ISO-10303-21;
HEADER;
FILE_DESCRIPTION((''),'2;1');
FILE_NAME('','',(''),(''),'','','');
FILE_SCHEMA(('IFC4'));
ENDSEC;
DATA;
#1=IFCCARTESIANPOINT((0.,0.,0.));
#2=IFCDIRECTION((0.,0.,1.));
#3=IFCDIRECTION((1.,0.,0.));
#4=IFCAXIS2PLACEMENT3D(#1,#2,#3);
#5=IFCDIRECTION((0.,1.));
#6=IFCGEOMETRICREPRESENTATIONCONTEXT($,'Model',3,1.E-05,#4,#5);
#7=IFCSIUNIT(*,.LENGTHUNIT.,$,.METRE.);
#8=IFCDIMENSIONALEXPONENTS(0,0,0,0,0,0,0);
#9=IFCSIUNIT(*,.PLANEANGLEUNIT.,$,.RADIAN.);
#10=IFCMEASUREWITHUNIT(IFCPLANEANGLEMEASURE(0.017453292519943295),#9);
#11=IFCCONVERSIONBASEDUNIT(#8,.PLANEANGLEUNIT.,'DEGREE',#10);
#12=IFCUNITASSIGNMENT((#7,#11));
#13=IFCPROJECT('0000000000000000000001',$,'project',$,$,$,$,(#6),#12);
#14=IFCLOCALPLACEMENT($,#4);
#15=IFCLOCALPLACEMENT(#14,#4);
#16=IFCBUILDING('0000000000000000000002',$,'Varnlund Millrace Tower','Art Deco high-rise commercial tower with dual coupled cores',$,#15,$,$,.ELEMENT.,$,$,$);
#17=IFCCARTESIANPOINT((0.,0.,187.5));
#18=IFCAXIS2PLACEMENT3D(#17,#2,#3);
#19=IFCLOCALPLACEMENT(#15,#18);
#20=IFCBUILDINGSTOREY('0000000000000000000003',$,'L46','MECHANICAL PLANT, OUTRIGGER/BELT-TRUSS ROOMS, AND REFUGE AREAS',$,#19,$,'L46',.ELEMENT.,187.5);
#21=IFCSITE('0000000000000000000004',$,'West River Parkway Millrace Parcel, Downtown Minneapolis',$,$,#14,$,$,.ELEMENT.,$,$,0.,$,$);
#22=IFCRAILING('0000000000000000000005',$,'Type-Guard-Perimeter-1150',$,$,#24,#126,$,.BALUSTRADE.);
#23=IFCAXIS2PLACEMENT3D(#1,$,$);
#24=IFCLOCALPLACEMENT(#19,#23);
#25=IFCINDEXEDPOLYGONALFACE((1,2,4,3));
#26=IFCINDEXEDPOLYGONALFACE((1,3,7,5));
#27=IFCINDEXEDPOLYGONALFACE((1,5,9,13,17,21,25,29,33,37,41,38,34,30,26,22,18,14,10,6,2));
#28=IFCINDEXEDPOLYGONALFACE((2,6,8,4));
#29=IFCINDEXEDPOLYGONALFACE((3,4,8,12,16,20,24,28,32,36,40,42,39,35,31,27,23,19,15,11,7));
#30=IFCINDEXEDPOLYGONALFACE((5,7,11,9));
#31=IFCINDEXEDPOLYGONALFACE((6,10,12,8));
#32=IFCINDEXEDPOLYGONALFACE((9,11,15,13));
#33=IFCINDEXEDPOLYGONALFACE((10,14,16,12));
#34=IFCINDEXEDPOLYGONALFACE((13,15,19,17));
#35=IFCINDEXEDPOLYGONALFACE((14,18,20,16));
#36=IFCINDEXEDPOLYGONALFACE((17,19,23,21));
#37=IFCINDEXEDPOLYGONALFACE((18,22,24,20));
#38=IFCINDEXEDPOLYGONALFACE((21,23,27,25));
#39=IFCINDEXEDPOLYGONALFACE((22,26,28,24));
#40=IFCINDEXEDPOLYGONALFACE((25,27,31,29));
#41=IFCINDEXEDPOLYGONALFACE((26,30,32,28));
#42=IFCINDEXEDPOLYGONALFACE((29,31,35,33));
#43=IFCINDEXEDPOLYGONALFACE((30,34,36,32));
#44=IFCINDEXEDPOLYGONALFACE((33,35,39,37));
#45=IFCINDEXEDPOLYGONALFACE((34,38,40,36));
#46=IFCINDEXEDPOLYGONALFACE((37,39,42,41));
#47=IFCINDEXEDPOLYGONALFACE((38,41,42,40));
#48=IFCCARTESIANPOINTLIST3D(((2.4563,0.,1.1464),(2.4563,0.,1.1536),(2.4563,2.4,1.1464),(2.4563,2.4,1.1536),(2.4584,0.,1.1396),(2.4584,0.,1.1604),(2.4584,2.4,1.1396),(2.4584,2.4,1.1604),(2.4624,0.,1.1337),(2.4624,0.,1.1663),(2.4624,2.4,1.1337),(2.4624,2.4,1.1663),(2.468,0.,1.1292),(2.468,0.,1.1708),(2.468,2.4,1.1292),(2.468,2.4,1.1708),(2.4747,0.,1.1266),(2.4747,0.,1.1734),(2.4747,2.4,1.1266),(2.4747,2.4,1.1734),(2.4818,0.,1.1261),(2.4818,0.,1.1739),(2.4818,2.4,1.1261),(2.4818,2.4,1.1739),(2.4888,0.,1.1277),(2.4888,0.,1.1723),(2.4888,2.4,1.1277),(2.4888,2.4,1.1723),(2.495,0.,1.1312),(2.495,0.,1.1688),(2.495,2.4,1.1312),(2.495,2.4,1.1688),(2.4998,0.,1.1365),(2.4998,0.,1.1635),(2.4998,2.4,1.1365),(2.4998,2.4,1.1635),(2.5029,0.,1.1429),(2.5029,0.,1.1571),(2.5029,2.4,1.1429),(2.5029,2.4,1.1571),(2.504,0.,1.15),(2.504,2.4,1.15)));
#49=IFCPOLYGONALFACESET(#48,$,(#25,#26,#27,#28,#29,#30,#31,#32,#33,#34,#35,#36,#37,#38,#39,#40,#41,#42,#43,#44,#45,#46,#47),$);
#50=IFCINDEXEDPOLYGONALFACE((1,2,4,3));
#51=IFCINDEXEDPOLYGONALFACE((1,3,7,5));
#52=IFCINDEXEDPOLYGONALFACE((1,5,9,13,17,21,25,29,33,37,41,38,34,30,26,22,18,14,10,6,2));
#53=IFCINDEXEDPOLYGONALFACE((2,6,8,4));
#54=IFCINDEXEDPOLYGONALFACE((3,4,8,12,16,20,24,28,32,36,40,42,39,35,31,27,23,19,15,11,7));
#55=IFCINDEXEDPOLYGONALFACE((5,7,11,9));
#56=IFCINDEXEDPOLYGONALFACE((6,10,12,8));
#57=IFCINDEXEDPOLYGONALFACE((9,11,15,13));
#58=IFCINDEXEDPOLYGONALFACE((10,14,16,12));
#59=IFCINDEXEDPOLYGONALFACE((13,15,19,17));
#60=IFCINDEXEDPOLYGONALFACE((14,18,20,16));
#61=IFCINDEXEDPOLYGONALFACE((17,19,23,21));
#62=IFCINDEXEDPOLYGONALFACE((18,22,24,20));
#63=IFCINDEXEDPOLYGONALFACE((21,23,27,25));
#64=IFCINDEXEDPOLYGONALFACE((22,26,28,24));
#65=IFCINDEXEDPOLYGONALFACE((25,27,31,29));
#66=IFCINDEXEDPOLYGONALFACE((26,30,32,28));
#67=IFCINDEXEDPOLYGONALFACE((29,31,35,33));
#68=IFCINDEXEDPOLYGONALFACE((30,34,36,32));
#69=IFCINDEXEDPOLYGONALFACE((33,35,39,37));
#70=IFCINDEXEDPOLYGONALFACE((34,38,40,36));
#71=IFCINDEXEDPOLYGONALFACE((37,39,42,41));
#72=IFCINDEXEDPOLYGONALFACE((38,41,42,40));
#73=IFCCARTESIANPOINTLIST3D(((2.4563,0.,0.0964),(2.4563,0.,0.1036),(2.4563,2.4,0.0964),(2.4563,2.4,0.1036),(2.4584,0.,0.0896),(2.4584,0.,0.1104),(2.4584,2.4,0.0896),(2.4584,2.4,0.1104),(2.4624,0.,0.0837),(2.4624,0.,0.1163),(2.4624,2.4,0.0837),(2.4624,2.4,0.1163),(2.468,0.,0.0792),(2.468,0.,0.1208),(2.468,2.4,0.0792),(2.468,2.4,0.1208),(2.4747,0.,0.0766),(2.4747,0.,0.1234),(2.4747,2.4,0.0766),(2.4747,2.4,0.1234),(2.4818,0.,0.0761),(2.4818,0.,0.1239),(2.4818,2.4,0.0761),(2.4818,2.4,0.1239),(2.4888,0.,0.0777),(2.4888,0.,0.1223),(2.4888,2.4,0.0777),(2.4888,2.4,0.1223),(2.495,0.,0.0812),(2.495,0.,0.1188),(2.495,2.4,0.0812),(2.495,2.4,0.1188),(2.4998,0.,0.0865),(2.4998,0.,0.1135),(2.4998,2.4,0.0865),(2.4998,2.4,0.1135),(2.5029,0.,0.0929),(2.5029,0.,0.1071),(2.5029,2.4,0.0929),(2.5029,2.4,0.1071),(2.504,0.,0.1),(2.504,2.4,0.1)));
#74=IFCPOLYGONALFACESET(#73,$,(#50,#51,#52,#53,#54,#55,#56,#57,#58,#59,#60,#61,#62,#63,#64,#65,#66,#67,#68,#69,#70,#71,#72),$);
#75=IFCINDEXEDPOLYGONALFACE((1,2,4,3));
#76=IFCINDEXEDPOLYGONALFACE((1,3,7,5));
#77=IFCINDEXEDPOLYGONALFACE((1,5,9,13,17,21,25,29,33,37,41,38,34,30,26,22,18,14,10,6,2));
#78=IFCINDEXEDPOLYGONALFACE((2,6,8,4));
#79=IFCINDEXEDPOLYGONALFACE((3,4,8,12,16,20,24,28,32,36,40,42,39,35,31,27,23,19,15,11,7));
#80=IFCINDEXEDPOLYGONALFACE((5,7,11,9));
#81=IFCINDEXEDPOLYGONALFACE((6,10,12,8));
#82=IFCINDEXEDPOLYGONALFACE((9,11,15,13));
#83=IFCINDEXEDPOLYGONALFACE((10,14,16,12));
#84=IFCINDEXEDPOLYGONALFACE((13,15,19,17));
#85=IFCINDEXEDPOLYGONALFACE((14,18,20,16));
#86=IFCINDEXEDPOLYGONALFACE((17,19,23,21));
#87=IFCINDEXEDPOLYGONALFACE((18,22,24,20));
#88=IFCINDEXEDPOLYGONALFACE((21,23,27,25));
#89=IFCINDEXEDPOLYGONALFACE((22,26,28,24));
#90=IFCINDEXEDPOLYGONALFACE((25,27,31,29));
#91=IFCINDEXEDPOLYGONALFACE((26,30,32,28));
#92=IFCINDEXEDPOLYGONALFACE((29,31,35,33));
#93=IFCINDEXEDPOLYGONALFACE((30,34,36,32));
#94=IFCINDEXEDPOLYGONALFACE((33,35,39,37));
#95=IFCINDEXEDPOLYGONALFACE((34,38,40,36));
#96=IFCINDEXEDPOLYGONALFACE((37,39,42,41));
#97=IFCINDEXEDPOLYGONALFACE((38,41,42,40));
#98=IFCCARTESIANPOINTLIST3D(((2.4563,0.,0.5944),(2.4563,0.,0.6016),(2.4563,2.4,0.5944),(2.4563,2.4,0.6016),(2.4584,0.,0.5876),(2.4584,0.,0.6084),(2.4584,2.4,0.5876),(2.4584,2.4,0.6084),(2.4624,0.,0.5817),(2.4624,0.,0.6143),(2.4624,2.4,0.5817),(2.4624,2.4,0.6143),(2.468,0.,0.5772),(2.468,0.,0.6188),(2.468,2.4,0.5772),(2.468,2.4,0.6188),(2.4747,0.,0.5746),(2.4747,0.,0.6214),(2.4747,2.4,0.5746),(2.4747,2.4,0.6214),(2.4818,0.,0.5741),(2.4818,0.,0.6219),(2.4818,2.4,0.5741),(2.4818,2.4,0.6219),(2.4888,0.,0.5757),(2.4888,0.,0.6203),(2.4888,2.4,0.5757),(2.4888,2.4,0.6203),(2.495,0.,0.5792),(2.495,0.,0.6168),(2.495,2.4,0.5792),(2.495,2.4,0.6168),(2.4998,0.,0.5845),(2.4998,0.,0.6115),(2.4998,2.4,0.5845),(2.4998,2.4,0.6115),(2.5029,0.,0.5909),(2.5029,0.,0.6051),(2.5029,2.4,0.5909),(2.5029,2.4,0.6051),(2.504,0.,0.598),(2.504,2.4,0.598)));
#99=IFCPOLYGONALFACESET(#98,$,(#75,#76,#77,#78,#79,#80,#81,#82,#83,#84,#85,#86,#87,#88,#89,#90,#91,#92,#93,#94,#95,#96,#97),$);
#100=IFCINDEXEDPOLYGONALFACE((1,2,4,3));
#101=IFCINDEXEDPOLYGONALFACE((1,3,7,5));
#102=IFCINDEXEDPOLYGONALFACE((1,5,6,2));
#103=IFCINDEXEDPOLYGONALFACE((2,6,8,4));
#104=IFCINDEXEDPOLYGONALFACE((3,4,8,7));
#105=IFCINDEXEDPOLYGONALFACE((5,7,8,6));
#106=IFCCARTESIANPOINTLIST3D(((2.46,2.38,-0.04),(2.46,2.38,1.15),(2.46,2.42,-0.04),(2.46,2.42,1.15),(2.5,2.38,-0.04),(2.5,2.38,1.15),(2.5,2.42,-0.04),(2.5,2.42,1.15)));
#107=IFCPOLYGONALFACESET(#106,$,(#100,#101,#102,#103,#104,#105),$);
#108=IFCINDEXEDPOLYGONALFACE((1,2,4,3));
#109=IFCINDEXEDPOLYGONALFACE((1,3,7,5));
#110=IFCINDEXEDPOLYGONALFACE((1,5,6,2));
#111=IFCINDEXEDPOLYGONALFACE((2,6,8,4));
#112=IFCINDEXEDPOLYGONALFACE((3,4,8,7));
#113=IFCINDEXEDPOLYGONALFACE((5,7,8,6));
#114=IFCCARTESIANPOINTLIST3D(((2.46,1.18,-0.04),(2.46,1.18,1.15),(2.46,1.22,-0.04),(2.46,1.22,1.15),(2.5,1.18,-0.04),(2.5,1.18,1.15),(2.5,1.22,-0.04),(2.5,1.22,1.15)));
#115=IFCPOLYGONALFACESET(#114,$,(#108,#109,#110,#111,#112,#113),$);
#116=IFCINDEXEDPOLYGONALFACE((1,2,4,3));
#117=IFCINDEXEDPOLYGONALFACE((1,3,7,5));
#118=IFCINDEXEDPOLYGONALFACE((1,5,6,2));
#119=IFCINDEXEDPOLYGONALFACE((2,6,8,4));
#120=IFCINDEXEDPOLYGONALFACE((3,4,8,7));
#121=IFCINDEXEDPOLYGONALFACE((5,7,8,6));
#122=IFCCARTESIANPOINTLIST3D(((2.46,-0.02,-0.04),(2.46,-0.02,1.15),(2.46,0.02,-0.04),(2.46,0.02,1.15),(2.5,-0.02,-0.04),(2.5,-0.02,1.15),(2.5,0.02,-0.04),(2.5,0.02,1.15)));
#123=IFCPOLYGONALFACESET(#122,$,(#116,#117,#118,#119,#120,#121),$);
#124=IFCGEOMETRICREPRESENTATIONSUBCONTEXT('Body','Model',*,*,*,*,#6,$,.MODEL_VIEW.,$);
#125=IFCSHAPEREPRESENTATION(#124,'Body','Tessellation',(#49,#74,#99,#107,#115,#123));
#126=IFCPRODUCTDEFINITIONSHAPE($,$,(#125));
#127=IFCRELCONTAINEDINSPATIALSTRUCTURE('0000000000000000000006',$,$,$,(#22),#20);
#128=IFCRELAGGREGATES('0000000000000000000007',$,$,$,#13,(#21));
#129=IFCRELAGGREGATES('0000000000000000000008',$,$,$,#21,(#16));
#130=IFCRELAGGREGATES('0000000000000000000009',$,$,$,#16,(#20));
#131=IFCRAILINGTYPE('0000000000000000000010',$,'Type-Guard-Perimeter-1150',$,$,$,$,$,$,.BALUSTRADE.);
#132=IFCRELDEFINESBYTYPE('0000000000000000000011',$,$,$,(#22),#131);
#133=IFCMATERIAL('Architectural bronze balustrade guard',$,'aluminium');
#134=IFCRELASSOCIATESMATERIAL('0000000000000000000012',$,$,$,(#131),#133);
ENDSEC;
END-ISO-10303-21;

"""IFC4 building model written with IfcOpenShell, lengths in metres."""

from ifc_helpers import new_model, entity, si_unit, converted_unit, direction, frame, origin_with_axes, origin_2d_with_axis, place, context, subcontext, project, spatial, rectangle, circle, extrude, material, type_object, element, save


model = new_model("IFC4")

# Units and contexts
model_context = context("Model", 3, precision=1e-05, world=origin_with_axes(), true_north=direction((0.0, 1.0)))
body_context = subcontext(model_context, "Body", "Model", "MODEL_VIEW")
ifc_project = project(units=[si_unit("LENGTHUNIT", "METRE"), converted_unit("PLANEANGLEUNIT", "DEGREE", entity("IfcPlaneAngleMeasure", 0.017453292519943295), si_unit("PLANEANGLEUNIT", "RADIAN"), dimensions=[0, 0, 0, 0, 0, 0, 0])], contexts=[model_context])

# Site, building, storey
site_placement = place(None, origin_with_axes())
site = spatial("IfcSite", under=ifc_project, at=site_placement, Name="West River Parkway Millrace Parcel, Downtown Minneapolis", CompositionType="ELEMENT", RefElevation=0.0)
building_placement = place(site_placement, origin_with_axes())
building = spatial("IfcBuilding", under=site, at=building_placement, Name="Varnlund Millrace Tower", Description="Art Deco high-rise commercial tower with dual coupled cores", CompositionType="ELEMENT")
storey_placement = place(building_placement, frame((0.0, 0.0, 187.5), z_axis=(0.0, 0.0, 1.0), x_axis=(1.0, 0.0, 0.0)))
storey = spatial("IfcBuildingStorey", under=building, at=storey_placement, Name="L46", Description="MECHANICAL PLANT, OUTRIGGER/BELT-TRUSS ROOMS, AND REFUGE AREAS", LongName="L46", CompositionType="ELEMENT", Elevation=187.5)

# Railing
ifc_material_1 = material(Name="Architectural bronze balustrade guard", Category="aluminium")
railing_type_1 = type_object("IfcRailingType", Name="Type-Guard-Perimeter-1150", PredefinedType="BALUSTRADE", material=ifc_material_1)
railing_1_placement = place(storey_placement, frame((0.0, 0.0, -187.5), z_axis=(0.0, 0.0, 1.0), x_axis=(1.0, 0.0, 0.0)))
element("IfcRailing", 1, at=railing_1_placement, inside=storey, type_object=railing_type_1, Name="Type-Guard-Perimeter-1150", PredefinedType="BALUSTRADE", context=body_context, shape_type="SweptSolid", body=[
    extrude(circle(Radius=0.024, at=origin_2d_with_axis()), frame((2.48, 2.4, 188.65), z_axis=(0.0, -1.0, 0.0), x_axis=(1.0, 0.0, 0.0)), (0.0, 0.0, 1.0), 2.4),
    extrude(circle(Radius=0.024, at=origin_2d_with_axis()), frame((2.48, 2.4, 187.6), z_axis=(0.0, -1.0, 0.0), x_axis=(1.0, 0.0, 0.0)), (0.0, 0.0, 1.0), 2.4),
    extrude(circle(Radius=0.024, at=origin_2d_with_axis()), frame((2.48, 2.4, 188.098), z_axis=(0.0, -1.0, 0.0), x_axis=(1.0, 0.0, 0.0)), (0.0, 0.0, 1.0), 2.4),
    extrude(rectangle(XDim=0.04, YDim=0.04, at=origin_2d_with_axis()), frame((2.48, 2.4, 187.46), z_axis=(0.0, 0.0, 1.0), x_axis=(1.0, 0.0, 0.0)), (0.0, 0.0, 1.0), 1.19),
    extrude(rectangle(XDim=0.04, YDim=0.04, at=origin_2d_with_axis()), frame((2.48, 1.2, 187.46), z_axis=(0.0, 0.0, 1.0), x_axis=(1.0, 0.0, 0.0)), (0.0, 0.0, 1.0), 1.19),
    extrude(rectangle(XDim=0.04, YDim=0.04, at=origin_2d_with_axis()), frame((2.48, 0.0, 187.46), z_axis=(0.0, 0.0, 1.0), x_axis=(1.0, 0.0, 0.0)), (0.0, 0.0, 1.0), 1.19),
])

save(model, "model.ifc")
